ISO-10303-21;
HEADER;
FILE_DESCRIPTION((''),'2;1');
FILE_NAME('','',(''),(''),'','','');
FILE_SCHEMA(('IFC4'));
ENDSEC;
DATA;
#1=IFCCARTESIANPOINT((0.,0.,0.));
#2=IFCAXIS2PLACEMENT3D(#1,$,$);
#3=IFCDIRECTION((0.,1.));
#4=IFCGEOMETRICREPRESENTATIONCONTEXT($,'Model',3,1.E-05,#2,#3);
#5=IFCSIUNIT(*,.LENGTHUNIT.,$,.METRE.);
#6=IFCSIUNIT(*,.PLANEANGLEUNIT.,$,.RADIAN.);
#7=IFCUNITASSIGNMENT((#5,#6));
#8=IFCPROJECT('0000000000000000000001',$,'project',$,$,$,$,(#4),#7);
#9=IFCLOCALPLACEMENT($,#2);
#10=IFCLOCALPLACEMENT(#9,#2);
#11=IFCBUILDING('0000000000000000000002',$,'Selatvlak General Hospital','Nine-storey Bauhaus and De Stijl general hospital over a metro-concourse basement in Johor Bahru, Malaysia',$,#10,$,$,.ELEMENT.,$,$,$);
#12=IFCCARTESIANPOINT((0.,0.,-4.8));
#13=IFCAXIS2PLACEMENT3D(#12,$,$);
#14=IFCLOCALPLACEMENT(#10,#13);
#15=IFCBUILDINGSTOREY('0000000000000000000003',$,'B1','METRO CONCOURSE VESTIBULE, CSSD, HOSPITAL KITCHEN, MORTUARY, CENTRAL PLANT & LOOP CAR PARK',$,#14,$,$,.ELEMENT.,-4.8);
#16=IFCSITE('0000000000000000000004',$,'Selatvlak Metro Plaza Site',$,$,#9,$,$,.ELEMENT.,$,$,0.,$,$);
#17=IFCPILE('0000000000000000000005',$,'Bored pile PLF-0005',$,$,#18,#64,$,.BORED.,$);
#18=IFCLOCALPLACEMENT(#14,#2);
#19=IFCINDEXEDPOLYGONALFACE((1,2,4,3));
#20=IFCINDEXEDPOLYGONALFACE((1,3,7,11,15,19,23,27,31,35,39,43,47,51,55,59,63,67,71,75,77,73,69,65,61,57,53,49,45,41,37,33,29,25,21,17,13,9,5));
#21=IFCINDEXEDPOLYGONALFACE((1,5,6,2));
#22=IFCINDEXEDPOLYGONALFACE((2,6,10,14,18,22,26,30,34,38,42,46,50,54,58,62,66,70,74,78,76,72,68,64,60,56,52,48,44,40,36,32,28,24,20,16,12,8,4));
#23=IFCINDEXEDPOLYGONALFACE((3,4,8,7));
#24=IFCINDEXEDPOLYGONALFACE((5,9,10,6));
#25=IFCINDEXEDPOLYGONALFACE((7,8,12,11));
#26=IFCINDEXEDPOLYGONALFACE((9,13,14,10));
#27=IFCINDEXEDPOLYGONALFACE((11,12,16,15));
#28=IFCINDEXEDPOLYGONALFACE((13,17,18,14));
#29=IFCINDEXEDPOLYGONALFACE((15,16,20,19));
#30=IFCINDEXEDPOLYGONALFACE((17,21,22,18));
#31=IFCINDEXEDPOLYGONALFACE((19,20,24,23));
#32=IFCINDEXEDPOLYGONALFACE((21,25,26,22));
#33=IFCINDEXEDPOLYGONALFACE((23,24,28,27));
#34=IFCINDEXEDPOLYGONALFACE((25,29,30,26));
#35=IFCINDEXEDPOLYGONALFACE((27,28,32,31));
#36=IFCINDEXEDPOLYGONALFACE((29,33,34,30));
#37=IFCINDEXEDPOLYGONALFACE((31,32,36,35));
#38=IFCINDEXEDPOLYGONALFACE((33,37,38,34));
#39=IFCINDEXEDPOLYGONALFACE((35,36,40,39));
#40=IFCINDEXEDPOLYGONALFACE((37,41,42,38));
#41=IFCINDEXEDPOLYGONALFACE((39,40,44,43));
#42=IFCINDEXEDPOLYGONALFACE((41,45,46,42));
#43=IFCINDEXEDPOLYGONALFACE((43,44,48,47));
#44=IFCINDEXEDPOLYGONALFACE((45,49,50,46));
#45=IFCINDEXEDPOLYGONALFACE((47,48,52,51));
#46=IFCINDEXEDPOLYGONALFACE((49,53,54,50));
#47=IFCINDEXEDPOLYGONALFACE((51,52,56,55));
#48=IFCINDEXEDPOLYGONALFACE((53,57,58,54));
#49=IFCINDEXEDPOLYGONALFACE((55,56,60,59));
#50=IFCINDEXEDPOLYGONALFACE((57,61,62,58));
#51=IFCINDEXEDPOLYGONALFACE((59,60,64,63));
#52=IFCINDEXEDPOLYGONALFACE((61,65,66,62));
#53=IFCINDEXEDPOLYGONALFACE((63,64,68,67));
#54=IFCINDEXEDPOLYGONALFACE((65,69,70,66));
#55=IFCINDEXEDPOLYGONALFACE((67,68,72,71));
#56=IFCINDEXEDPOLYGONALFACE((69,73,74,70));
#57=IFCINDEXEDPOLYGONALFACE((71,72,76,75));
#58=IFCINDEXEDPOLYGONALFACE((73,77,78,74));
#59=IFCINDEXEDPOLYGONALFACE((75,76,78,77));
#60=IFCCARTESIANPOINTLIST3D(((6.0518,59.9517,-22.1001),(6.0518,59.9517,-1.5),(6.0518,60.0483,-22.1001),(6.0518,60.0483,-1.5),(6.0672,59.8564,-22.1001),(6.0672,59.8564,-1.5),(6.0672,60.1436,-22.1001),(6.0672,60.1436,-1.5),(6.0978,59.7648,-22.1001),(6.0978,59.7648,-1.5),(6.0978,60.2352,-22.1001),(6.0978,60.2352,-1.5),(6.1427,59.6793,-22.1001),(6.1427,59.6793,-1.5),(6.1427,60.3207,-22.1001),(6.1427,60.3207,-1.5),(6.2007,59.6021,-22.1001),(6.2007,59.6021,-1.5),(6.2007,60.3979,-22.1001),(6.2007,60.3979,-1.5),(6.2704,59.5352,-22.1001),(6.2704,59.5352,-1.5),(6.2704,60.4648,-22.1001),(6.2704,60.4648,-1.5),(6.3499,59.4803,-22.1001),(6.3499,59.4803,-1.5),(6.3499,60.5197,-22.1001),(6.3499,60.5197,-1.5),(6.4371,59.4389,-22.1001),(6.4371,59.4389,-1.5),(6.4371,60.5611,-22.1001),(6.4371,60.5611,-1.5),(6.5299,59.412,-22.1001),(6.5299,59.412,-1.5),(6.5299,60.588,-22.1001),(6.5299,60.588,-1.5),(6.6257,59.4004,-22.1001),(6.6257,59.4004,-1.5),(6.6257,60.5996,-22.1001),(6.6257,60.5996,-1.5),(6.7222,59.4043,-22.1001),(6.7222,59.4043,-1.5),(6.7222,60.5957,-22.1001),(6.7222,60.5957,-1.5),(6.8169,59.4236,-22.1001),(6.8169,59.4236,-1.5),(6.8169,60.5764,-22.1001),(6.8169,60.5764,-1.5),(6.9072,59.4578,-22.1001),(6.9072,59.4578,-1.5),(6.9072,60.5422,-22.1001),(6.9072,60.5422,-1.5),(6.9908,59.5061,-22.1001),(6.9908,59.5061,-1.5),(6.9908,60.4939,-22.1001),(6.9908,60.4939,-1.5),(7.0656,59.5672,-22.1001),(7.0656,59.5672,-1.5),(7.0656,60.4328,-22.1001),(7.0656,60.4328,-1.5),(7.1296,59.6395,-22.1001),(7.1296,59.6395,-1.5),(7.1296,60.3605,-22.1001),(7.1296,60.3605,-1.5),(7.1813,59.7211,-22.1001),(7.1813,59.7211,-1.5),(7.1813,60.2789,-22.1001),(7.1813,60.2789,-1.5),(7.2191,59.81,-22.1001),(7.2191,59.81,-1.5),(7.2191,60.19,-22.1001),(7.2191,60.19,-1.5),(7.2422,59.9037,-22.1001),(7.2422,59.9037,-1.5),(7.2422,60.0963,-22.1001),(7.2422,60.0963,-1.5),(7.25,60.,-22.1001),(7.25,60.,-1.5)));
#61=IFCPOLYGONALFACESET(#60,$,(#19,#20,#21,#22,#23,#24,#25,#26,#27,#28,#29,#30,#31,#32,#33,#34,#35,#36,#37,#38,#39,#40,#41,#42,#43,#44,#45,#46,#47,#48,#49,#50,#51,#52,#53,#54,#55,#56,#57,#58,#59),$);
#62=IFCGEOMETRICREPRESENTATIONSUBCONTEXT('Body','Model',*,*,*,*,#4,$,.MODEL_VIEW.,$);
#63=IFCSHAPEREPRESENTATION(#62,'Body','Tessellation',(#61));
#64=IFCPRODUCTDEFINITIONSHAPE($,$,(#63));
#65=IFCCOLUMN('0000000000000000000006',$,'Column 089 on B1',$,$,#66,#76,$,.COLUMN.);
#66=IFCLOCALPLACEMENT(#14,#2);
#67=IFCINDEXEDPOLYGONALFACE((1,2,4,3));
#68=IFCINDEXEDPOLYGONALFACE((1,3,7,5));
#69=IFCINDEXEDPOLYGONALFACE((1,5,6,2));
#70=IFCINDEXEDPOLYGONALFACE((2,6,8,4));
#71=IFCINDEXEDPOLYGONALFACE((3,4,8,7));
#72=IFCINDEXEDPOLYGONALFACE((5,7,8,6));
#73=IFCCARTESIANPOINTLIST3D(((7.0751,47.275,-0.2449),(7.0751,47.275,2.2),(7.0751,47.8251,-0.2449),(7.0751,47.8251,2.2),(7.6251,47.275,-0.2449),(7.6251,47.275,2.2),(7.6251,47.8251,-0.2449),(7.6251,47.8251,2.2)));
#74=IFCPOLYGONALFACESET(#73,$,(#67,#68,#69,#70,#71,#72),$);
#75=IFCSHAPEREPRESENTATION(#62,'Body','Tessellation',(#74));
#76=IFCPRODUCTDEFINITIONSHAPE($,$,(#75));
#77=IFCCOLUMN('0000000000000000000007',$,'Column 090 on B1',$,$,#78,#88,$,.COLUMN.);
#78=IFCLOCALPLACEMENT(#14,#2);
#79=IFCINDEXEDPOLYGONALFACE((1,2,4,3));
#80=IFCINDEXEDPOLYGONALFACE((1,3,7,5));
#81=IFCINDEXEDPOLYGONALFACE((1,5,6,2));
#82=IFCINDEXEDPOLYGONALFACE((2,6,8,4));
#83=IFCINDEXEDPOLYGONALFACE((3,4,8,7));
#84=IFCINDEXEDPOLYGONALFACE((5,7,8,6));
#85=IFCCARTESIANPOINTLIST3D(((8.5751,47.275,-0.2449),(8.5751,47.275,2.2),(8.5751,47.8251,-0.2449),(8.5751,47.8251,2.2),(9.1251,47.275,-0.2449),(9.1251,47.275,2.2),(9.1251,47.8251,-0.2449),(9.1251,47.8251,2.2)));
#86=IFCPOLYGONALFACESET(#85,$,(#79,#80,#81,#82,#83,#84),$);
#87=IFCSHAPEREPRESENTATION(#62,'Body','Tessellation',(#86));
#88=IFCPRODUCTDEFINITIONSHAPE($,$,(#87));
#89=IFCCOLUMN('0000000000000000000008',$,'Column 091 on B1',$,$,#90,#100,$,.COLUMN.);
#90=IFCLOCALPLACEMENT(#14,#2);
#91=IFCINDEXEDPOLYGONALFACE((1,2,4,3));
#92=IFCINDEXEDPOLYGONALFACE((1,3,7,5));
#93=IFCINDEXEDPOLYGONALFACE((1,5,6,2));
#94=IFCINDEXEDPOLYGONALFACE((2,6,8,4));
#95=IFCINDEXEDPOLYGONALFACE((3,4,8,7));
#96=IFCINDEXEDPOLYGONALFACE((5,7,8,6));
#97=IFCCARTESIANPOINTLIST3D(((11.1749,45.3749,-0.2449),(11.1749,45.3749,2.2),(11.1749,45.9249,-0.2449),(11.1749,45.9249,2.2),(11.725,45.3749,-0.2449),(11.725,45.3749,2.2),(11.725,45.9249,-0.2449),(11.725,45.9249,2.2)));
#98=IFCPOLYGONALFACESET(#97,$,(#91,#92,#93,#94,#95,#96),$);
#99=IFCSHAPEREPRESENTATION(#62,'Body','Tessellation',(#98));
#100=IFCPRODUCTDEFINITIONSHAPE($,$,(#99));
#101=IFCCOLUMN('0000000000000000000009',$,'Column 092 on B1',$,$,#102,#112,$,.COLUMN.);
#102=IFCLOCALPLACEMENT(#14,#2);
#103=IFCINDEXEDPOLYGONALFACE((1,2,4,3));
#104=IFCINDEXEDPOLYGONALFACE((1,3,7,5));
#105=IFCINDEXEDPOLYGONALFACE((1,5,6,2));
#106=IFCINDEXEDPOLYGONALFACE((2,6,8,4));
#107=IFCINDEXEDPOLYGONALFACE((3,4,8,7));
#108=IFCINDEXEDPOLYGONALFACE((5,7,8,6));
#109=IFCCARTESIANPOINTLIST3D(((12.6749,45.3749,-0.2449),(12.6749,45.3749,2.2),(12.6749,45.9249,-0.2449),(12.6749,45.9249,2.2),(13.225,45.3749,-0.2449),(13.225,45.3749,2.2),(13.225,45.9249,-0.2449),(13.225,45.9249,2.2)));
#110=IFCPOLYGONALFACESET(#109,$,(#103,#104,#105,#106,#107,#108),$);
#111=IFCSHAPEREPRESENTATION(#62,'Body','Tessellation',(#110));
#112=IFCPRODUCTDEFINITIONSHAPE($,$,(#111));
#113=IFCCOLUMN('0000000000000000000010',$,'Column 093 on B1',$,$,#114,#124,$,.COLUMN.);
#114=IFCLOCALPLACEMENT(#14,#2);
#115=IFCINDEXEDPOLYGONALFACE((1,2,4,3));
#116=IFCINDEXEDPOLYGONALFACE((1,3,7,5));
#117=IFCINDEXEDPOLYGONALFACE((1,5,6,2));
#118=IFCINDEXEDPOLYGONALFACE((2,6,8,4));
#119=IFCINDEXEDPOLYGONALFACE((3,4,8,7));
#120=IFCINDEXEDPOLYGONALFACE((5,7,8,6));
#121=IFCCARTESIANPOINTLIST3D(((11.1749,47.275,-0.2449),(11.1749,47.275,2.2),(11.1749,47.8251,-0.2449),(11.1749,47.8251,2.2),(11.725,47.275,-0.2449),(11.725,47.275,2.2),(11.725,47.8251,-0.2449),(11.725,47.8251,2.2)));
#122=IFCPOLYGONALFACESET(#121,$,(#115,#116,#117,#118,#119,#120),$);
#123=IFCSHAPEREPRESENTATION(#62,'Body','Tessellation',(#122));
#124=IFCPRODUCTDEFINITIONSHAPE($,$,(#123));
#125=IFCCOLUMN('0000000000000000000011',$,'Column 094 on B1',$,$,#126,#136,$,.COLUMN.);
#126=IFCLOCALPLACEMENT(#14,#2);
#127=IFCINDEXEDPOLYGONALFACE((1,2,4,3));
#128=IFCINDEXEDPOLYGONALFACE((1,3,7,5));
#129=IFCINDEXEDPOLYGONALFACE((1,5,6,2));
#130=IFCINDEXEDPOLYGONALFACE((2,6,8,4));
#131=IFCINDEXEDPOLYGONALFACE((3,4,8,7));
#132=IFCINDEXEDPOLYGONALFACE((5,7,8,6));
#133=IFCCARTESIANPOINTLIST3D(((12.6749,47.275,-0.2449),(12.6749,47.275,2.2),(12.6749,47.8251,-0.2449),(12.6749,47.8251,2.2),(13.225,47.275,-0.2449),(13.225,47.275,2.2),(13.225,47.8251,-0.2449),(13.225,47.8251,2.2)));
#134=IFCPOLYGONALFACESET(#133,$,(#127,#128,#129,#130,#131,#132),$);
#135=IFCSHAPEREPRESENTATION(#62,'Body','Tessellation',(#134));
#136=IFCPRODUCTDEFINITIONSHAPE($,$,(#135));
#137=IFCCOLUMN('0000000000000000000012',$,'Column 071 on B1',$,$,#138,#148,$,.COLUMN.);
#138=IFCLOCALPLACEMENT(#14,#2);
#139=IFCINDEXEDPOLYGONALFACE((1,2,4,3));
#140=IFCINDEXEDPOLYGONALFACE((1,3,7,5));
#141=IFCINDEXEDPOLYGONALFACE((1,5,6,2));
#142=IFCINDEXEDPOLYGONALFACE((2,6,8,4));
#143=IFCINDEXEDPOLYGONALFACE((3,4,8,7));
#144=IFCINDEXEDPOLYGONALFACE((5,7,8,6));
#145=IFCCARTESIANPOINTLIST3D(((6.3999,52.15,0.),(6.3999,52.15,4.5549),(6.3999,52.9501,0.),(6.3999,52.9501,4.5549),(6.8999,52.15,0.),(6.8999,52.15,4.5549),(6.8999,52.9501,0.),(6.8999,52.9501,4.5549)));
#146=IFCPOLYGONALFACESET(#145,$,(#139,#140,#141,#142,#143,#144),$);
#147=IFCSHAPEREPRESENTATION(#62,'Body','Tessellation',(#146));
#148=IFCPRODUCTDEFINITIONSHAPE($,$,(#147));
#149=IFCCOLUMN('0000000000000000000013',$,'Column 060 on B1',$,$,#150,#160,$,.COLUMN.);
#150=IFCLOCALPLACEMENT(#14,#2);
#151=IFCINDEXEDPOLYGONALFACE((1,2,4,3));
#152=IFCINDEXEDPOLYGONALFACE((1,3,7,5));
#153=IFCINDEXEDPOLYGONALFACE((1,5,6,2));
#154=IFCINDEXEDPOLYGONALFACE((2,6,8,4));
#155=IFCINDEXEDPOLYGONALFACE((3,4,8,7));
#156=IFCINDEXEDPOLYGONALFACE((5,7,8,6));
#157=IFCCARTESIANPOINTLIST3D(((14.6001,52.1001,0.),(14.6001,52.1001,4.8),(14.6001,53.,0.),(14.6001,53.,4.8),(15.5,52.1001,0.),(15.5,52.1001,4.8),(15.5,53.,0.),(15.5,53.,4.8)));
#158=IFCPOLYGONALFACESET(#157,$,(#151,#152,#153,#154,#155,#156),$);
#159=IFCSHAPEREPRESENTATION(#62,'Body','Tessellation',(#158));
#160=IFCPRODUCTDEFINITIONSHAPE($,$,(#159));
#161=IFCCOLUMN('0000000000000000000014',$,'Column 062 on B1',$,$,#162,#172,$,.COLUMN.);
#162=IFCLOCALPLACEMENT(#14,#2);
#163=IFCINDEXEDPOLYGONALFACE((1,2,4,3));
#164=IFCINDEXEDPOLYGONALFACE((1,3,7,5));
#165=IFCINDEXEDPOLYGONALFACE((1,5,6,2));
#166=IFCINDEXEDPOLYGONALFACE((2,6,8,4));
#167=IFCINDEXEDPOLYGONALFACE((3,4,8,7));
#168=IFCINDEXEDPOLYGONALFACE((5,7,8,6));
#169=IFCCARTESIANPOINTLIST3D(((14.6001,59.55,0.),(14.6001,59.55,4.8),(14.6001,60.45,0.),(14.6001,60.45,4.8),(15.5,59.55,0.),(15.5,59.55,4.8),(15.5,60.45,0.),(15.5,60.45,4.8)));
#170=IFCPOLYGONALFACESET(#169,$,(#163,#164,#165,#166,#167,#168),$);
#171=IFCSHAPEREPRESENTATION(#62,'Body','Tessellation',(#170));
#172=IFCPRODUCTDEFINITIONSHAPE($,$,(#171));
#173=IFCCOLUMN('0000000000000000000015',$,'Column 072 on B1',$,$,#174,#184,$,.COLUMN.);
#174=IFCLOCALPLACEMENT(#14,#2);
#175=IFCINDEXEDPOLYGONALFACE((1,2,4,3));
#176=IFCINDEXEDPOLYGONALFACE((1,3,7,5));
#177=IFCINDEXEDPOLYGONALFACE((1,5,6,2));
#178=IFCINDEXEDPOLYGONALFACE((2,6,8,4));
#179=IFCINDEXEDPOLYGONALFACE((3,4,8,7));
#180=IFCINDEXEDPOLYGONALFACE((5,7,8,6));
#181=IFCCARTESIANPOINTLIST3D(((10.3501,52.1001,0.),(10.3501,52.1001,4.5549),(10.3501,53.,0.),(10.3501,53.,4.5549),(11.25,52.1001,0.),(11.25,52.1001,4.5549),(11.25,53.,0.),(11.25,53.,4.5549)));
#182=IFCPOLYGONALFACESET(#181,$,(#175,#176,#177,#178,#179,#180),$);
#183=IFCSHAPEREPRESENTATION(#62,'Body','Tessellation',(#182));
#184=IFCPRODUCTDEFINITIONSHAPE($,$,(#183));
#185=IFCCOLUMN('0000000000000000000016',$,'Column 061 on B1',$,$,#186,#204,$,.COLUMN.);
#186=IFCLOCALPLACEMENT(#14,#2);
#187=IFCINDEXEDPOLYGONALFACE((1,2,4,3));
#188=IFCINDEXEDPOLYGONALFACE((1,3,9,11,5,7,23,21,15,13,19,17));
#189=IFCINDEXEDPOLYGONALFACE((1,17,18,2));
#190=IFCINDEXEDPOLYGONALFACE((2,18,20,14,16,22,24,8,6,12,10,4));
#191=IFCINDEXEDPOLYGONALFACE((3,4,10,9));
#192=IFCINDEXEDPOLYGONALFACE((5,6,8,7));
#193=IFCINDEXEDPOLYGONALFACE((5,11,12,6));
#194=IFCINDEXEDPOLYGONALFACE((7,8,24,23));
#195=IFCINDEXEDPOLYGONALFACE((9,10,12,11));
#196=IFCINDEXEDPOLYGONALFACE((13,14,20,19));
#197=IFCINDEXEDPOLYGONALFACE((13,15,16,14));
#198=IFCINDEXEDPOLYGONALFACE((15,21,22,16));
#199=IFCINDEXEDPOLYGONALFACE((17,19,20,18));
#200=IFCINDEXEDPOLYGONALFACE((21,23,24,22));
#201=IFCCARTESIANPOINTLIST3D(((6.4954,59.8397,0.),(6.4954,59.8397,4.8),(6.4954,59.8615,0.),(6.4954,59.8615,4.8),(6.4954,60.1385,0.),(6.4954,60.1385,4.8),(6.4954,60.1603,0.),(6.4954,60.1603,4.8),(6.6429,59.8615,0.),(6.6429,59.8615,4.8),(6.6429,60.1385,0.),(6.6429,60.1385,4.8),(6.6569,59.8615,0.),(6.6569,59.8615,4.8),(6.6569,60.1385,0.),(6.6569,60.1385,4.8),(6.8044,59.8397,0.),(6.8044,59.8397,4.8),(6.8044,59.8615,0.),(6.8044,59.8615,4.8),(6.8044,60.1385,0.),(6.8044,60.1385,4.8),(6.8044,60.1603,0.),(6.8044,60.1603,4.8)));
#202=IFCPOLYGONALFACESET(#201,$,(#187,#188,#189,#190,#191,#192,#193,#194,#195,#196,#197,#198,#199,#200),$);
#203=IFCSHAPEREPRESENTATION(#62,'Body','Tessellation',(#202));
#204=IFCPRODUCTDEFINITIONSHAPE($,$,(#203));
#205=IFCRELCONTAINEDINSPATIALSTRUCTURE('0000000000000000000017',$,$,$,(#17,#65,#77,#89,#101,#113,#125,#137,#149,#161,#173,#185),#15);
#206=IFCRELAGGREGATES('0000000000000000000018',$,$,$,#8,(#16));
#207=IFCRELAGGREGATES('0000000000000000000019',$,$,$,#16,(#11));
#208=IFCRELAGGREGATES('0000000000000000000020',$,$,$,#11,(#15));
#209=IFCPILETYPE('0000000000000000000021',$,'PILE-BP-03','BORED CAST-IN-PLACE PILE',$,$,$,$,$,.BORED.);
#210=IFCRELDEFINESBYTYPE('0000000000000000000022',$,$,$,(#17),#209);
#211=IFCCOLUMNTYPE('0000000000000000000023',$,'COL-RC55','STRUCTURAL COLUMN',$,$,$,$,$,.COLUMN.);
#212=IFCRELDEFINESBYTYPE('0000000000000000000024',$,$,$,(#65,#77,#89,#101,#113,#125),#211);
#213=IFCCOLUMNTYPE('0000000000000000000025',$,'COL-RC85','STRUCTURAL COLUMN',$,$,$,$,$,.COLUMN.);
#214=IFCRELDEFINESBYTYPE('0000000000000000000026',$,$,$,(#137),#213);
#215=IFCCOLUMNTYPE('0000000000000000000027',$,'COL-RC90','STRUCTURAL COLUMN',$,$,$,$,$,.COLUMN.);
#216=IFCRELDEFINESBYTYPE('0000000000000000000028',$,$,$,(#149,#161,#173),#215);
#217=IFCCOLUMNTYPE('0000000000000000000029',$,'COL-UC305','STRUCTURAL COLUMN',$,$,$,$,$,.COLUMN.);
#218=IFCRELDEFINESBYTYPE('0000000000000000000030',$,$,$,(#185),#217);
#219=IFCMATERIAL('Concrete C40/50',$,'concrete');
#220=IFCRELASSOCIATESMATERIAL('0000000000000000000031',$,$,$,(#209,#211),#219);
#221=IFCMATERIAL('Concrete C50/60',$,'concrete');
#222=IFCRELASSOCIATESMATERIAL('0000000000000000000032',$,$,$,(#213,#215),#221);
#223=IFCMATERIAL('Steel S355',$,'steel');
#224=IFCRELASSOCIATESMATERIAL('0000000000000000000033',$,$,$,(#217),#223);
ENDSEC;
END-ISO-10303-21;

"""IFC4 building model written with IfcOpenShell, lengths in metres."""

from ifc_helpers import new_model, si_unit, direction, frame, origin, origin_2d, place, context, subcontext, project, spatial, rectangle, circle, i_section, extrude, material, material_profile, profile_set, type_object, element, save


model = new_model("IFC4")

# Units and contexts
model_context = context("Model", 3, precision=1e-05, world=origin(), true_north=direction((0.0, 1.0)))
body_context = subcontext(model_context, "Body", "Model", "MODEL_VIEW")
ifc_project = project(units=[si_unit("LENGTHUNIT", "METRE"), si_unit("PLANEANGLEUNIT", "RADIAN")], contexts=[model_context])

# Site, building, storey
site_placement = place(None, origin())
site = spatial("IfcSite", under=ifc_project, at=site_placement, Name="Selatvlak Metro Plaza Site", CompositionType="ELEMENT", RefElevation=0.0)
building_placement = place(site_placement, origin())
building = spatial("IfcBuilding", under=site, at=building_placement, Name="Selatvlak General Hospital", Description="Nine-storey Bauhaus and De Stijl general hospital over a metro-concourse basement in Johor Bahru, Malaysia", CompositionType="ELEMENT")
storey_placement = place(building_placement, frame((0.0, 0.0, -4.8)))
storey = spatial("IfcBuildingStorey", under=building, at=storey_placement, Name="B1", Description="METRO CONCOURSE VESTIBULE, CSSD, HOSPITAL KITCHEN, MORTUARY, CENTRAL PLANT & LOOP CAR PARK", CompositionType="ELEMENT", Elevation=-4.8)

# Shared definitions
ifc_material_1 = material(Name="Concrete C40/50", Category="concrete")

# Pile
ifc_material_profile_1 = material_profile(ifc_material_1, circle(Radius=0.6001, at=origin_2d()), Name="BORED PILE 1200")
ifc_profile_set_1 = profile_set([ifc_material_profile_1], Name="Concrete C40/50")
pile_type_1 = type_object("IfcPileType", Name="PILE-BP-03", Description="BORED CAST-IN-PLACE PILE", PredefinedType="BORED", material=ifc_profile_set_1)
pile_placement = place(storey_placement, frame((6.6499, 60.0, -1.5), z_axis=(0.0, 0.0, -1.0), x_axis=(1.0, 0.0, 0.0)))
element("IfcPile", 1, at=pile_placement, inside=storey, type_object=pile_type_1, Name="Bored pile PLF-0005", PredefinedType="BORED", context=body_context, shape_type="SweptSolid", body=[
    extrude(circle(Radius=0.6001, at=origin_2d()), origin(), (0.0, 0.0, 1.0), 20.6001),
])

# Columns
ifc_material_profile_2 = material_profile(ifc_material_1, rectangle(XDim=0.55, YDim=0.55, at=origin_2d()), Name="RC-COL 550x550")
ifc_profile_set_2 = profile_set([ifc_material_profile_2], Name="Concrete C40/50")
column_type_1 = type_object("IfcColumnType", Name="COL-RC55", Description="STRUCTURAL COLUMN", PredefinedType="COLUMN", material=ifc_profile_set_2)
for number, where, z_axis, x_axis, name in (
    (2, (7.3501, 47.55, -0.2449), (0.0, 0.0, 1.0), (1.0, 0.0, 0.0), "Column 089 on B1"),
    (3, (8.8501, 47.55, -0.2449), (0.0, 0.0, 1.0), (1.0, 0.0, 0.0), "Column 090 on B1"),
    (4, (11.45, 45.6499, -0.2449), (0.0, 0.0, 1.0), (1.0, 0.0, 0.0), "Column 091 on B1"),
    (5, (12.95, 45.6499, -0.2449), (0.0, 0.0, 1.0), (1.0, 0.0, 0.0), "Column 092 on B1"),
    (6, (11.45, 47.55, -0.2449), (0.0, 0.0, 1.0), (1.0, 0.0, 0.0), "Column 093 on B1"),
    (7, (12.95, 47.55, -0.2449), (0.0, 0.0, 1.0), (1.0, 0.0, 0.0), "Column 094 on B1"),
):
    element("IfcColumn", number, at=place(storey_placement, frame(where, z_axis=z_axis, x_axis=x_axis)), inside=storey, type_object=column_type_1, Name=name, PredefinedType="COLUMN", context=body_context, shape_type="SweptSolid", body=[
        extrude(rectangle(XDim=0.55, YDim=0.55, at=origin_2d()), origin(), (0.0, 0.0, 1.0), 2.4448),
    ])
ifc_material_2 = material(Name="Concrete C50/60", Category="concrete")
ifc_material_profile_3 = material_profile(ifc_material_2, rectangle(XDim=0.5, YDim=0.8, at=origin_2d()), Name="RC-COL 800x500")
ifc_profile_set_3 = profile_set([ifc_material_profile_3], Name="Concrete C50/60")
column_type_2 = type_object("IfcColumnType", Name="COL-RC85", Description="STRUCTURAL COLUMN", PredefinedType="COLUMN", material=ifc_profile_set_3)
column_1_placement = place(storey_placement, frame((6.6499, 52.55, 0.0), z_axis=(0.0, 0.0, 1.0), x_axis=(1.0, 0.0, 0.0)))
element("IfcColumn", 8, at=column_1_placement, inside=storey, type_object=column_type_2, Name="Column 071 on B1", PredefinedType="COLUMN", context=body_context, shape_type="SweptSolid", body=[
    extrude(rectangle(XDim=0.5, YDim=0.8, at=origin_2d()), origin(), (0.0, 0.0, 1.0), 4.5549),
])
ifc_material_profile_4 = material_profile(ifc_material_2, rectangle(XDim=0.8999, YDim=0.8999, at=origin_2d()), Name="RC-COL 900x900")
ifc_profile_set_4 = profile_set([ifc_material_profile_4], Name="Concrete C50/60")
column_type_3 = type_object("IfcColumnType", Name="COL-RC90", Description="STRUCTURAL COLUMN", PredefinedType="COLUMN", material=ifc_profile_set_4)
for number, where, z_axis, x_axis, name in (
    (9, (15.05, 52.55, 0.0), (0.0, 0.0, 1.0), (1.0, 0.0, 0.0), "Column 060 on B1"),
    (10, (15.05, 60.0, 0.0), (0.0, 0.0, 1.0), (1.0, 0.0, 0.0), "Column 062 on B1"),
):
    element("IfcColumn", number, at=place(storey_placement, frame(where, z_axis=z_axis, x_axis=x_axis)), inside=storey, type_object=column_type_3, Name=name, PredefinedType="COLUMN", context=body_context, shape_type="SweptSolid", body=[
        extrude(rectangle(XDim=0.8999, YDim=0.8999, at=origin_2d()), origin(), (0.0, 0.0, 1.0), 4.8),
    ])
column_2_placement = place(storey_placement, frame((10.8, 52.55, 0.0), z_axis=(0.0, 0.0, 1.0), x_axis=(1.0, 0.0, 0.0)))
element("IfcColumn", 11, at=column_2_placement, inside=storey, type_object=column_type_3, Name="Column 072 on B1", PredefinedType="COLUMN", context=body_context, shape_type="SweptSolid", body=[
    extrude(rectangle(XDim=0.8999, YDim=0.8999, at=origin_2d()), origin(), (0.0, 0.0, 1.0), 4.5549),
])
ifc_material_3 = material(Name="Steel S355", Category="steel")
ifc_material_profile_5 = material_profile(ifc_material_3, i_section(OverallWidth=0.3091, OverallDepth=0.3206, WebThickness=0.0139, FlangeThickness=0.0217, at=origin_2d()), Name="UC 305x305x137")
ifc_profile_set_5 = profile_set([ifc_material_profile_5], Name="Steel S355")
column_type_4 = type_object("IfcColumnType", Name="COL-UC305", Description="STRUCTURAL COLUMN", PredefinedType="COLUMN", material=ifc_profile_set_5)
column_3_placement = place(storey_placement, frame((6.6499, 60.0, 0.0), z_axis=(0.0, 0.0, 1.0), x_axis=(1.0, 0.0, 0.0)))
element("IfcColumn", 12, at=column_3_placement, inside=storey, type_object=column_type_4, Name="Column 061 on B1", PredefinedType="COLUMN", context=body_context, shape_type="SweptSolid", body=[
    extrude(i_section(OverallWidth=0.3091, OverallDepth=0.3206, WebThickness=0.0139, FlangeThickness=0.0217, at=origin_2d()), origin(), (0.0, 0.0, 1.0), 4.8),
])

save(model, "model.ifc")
